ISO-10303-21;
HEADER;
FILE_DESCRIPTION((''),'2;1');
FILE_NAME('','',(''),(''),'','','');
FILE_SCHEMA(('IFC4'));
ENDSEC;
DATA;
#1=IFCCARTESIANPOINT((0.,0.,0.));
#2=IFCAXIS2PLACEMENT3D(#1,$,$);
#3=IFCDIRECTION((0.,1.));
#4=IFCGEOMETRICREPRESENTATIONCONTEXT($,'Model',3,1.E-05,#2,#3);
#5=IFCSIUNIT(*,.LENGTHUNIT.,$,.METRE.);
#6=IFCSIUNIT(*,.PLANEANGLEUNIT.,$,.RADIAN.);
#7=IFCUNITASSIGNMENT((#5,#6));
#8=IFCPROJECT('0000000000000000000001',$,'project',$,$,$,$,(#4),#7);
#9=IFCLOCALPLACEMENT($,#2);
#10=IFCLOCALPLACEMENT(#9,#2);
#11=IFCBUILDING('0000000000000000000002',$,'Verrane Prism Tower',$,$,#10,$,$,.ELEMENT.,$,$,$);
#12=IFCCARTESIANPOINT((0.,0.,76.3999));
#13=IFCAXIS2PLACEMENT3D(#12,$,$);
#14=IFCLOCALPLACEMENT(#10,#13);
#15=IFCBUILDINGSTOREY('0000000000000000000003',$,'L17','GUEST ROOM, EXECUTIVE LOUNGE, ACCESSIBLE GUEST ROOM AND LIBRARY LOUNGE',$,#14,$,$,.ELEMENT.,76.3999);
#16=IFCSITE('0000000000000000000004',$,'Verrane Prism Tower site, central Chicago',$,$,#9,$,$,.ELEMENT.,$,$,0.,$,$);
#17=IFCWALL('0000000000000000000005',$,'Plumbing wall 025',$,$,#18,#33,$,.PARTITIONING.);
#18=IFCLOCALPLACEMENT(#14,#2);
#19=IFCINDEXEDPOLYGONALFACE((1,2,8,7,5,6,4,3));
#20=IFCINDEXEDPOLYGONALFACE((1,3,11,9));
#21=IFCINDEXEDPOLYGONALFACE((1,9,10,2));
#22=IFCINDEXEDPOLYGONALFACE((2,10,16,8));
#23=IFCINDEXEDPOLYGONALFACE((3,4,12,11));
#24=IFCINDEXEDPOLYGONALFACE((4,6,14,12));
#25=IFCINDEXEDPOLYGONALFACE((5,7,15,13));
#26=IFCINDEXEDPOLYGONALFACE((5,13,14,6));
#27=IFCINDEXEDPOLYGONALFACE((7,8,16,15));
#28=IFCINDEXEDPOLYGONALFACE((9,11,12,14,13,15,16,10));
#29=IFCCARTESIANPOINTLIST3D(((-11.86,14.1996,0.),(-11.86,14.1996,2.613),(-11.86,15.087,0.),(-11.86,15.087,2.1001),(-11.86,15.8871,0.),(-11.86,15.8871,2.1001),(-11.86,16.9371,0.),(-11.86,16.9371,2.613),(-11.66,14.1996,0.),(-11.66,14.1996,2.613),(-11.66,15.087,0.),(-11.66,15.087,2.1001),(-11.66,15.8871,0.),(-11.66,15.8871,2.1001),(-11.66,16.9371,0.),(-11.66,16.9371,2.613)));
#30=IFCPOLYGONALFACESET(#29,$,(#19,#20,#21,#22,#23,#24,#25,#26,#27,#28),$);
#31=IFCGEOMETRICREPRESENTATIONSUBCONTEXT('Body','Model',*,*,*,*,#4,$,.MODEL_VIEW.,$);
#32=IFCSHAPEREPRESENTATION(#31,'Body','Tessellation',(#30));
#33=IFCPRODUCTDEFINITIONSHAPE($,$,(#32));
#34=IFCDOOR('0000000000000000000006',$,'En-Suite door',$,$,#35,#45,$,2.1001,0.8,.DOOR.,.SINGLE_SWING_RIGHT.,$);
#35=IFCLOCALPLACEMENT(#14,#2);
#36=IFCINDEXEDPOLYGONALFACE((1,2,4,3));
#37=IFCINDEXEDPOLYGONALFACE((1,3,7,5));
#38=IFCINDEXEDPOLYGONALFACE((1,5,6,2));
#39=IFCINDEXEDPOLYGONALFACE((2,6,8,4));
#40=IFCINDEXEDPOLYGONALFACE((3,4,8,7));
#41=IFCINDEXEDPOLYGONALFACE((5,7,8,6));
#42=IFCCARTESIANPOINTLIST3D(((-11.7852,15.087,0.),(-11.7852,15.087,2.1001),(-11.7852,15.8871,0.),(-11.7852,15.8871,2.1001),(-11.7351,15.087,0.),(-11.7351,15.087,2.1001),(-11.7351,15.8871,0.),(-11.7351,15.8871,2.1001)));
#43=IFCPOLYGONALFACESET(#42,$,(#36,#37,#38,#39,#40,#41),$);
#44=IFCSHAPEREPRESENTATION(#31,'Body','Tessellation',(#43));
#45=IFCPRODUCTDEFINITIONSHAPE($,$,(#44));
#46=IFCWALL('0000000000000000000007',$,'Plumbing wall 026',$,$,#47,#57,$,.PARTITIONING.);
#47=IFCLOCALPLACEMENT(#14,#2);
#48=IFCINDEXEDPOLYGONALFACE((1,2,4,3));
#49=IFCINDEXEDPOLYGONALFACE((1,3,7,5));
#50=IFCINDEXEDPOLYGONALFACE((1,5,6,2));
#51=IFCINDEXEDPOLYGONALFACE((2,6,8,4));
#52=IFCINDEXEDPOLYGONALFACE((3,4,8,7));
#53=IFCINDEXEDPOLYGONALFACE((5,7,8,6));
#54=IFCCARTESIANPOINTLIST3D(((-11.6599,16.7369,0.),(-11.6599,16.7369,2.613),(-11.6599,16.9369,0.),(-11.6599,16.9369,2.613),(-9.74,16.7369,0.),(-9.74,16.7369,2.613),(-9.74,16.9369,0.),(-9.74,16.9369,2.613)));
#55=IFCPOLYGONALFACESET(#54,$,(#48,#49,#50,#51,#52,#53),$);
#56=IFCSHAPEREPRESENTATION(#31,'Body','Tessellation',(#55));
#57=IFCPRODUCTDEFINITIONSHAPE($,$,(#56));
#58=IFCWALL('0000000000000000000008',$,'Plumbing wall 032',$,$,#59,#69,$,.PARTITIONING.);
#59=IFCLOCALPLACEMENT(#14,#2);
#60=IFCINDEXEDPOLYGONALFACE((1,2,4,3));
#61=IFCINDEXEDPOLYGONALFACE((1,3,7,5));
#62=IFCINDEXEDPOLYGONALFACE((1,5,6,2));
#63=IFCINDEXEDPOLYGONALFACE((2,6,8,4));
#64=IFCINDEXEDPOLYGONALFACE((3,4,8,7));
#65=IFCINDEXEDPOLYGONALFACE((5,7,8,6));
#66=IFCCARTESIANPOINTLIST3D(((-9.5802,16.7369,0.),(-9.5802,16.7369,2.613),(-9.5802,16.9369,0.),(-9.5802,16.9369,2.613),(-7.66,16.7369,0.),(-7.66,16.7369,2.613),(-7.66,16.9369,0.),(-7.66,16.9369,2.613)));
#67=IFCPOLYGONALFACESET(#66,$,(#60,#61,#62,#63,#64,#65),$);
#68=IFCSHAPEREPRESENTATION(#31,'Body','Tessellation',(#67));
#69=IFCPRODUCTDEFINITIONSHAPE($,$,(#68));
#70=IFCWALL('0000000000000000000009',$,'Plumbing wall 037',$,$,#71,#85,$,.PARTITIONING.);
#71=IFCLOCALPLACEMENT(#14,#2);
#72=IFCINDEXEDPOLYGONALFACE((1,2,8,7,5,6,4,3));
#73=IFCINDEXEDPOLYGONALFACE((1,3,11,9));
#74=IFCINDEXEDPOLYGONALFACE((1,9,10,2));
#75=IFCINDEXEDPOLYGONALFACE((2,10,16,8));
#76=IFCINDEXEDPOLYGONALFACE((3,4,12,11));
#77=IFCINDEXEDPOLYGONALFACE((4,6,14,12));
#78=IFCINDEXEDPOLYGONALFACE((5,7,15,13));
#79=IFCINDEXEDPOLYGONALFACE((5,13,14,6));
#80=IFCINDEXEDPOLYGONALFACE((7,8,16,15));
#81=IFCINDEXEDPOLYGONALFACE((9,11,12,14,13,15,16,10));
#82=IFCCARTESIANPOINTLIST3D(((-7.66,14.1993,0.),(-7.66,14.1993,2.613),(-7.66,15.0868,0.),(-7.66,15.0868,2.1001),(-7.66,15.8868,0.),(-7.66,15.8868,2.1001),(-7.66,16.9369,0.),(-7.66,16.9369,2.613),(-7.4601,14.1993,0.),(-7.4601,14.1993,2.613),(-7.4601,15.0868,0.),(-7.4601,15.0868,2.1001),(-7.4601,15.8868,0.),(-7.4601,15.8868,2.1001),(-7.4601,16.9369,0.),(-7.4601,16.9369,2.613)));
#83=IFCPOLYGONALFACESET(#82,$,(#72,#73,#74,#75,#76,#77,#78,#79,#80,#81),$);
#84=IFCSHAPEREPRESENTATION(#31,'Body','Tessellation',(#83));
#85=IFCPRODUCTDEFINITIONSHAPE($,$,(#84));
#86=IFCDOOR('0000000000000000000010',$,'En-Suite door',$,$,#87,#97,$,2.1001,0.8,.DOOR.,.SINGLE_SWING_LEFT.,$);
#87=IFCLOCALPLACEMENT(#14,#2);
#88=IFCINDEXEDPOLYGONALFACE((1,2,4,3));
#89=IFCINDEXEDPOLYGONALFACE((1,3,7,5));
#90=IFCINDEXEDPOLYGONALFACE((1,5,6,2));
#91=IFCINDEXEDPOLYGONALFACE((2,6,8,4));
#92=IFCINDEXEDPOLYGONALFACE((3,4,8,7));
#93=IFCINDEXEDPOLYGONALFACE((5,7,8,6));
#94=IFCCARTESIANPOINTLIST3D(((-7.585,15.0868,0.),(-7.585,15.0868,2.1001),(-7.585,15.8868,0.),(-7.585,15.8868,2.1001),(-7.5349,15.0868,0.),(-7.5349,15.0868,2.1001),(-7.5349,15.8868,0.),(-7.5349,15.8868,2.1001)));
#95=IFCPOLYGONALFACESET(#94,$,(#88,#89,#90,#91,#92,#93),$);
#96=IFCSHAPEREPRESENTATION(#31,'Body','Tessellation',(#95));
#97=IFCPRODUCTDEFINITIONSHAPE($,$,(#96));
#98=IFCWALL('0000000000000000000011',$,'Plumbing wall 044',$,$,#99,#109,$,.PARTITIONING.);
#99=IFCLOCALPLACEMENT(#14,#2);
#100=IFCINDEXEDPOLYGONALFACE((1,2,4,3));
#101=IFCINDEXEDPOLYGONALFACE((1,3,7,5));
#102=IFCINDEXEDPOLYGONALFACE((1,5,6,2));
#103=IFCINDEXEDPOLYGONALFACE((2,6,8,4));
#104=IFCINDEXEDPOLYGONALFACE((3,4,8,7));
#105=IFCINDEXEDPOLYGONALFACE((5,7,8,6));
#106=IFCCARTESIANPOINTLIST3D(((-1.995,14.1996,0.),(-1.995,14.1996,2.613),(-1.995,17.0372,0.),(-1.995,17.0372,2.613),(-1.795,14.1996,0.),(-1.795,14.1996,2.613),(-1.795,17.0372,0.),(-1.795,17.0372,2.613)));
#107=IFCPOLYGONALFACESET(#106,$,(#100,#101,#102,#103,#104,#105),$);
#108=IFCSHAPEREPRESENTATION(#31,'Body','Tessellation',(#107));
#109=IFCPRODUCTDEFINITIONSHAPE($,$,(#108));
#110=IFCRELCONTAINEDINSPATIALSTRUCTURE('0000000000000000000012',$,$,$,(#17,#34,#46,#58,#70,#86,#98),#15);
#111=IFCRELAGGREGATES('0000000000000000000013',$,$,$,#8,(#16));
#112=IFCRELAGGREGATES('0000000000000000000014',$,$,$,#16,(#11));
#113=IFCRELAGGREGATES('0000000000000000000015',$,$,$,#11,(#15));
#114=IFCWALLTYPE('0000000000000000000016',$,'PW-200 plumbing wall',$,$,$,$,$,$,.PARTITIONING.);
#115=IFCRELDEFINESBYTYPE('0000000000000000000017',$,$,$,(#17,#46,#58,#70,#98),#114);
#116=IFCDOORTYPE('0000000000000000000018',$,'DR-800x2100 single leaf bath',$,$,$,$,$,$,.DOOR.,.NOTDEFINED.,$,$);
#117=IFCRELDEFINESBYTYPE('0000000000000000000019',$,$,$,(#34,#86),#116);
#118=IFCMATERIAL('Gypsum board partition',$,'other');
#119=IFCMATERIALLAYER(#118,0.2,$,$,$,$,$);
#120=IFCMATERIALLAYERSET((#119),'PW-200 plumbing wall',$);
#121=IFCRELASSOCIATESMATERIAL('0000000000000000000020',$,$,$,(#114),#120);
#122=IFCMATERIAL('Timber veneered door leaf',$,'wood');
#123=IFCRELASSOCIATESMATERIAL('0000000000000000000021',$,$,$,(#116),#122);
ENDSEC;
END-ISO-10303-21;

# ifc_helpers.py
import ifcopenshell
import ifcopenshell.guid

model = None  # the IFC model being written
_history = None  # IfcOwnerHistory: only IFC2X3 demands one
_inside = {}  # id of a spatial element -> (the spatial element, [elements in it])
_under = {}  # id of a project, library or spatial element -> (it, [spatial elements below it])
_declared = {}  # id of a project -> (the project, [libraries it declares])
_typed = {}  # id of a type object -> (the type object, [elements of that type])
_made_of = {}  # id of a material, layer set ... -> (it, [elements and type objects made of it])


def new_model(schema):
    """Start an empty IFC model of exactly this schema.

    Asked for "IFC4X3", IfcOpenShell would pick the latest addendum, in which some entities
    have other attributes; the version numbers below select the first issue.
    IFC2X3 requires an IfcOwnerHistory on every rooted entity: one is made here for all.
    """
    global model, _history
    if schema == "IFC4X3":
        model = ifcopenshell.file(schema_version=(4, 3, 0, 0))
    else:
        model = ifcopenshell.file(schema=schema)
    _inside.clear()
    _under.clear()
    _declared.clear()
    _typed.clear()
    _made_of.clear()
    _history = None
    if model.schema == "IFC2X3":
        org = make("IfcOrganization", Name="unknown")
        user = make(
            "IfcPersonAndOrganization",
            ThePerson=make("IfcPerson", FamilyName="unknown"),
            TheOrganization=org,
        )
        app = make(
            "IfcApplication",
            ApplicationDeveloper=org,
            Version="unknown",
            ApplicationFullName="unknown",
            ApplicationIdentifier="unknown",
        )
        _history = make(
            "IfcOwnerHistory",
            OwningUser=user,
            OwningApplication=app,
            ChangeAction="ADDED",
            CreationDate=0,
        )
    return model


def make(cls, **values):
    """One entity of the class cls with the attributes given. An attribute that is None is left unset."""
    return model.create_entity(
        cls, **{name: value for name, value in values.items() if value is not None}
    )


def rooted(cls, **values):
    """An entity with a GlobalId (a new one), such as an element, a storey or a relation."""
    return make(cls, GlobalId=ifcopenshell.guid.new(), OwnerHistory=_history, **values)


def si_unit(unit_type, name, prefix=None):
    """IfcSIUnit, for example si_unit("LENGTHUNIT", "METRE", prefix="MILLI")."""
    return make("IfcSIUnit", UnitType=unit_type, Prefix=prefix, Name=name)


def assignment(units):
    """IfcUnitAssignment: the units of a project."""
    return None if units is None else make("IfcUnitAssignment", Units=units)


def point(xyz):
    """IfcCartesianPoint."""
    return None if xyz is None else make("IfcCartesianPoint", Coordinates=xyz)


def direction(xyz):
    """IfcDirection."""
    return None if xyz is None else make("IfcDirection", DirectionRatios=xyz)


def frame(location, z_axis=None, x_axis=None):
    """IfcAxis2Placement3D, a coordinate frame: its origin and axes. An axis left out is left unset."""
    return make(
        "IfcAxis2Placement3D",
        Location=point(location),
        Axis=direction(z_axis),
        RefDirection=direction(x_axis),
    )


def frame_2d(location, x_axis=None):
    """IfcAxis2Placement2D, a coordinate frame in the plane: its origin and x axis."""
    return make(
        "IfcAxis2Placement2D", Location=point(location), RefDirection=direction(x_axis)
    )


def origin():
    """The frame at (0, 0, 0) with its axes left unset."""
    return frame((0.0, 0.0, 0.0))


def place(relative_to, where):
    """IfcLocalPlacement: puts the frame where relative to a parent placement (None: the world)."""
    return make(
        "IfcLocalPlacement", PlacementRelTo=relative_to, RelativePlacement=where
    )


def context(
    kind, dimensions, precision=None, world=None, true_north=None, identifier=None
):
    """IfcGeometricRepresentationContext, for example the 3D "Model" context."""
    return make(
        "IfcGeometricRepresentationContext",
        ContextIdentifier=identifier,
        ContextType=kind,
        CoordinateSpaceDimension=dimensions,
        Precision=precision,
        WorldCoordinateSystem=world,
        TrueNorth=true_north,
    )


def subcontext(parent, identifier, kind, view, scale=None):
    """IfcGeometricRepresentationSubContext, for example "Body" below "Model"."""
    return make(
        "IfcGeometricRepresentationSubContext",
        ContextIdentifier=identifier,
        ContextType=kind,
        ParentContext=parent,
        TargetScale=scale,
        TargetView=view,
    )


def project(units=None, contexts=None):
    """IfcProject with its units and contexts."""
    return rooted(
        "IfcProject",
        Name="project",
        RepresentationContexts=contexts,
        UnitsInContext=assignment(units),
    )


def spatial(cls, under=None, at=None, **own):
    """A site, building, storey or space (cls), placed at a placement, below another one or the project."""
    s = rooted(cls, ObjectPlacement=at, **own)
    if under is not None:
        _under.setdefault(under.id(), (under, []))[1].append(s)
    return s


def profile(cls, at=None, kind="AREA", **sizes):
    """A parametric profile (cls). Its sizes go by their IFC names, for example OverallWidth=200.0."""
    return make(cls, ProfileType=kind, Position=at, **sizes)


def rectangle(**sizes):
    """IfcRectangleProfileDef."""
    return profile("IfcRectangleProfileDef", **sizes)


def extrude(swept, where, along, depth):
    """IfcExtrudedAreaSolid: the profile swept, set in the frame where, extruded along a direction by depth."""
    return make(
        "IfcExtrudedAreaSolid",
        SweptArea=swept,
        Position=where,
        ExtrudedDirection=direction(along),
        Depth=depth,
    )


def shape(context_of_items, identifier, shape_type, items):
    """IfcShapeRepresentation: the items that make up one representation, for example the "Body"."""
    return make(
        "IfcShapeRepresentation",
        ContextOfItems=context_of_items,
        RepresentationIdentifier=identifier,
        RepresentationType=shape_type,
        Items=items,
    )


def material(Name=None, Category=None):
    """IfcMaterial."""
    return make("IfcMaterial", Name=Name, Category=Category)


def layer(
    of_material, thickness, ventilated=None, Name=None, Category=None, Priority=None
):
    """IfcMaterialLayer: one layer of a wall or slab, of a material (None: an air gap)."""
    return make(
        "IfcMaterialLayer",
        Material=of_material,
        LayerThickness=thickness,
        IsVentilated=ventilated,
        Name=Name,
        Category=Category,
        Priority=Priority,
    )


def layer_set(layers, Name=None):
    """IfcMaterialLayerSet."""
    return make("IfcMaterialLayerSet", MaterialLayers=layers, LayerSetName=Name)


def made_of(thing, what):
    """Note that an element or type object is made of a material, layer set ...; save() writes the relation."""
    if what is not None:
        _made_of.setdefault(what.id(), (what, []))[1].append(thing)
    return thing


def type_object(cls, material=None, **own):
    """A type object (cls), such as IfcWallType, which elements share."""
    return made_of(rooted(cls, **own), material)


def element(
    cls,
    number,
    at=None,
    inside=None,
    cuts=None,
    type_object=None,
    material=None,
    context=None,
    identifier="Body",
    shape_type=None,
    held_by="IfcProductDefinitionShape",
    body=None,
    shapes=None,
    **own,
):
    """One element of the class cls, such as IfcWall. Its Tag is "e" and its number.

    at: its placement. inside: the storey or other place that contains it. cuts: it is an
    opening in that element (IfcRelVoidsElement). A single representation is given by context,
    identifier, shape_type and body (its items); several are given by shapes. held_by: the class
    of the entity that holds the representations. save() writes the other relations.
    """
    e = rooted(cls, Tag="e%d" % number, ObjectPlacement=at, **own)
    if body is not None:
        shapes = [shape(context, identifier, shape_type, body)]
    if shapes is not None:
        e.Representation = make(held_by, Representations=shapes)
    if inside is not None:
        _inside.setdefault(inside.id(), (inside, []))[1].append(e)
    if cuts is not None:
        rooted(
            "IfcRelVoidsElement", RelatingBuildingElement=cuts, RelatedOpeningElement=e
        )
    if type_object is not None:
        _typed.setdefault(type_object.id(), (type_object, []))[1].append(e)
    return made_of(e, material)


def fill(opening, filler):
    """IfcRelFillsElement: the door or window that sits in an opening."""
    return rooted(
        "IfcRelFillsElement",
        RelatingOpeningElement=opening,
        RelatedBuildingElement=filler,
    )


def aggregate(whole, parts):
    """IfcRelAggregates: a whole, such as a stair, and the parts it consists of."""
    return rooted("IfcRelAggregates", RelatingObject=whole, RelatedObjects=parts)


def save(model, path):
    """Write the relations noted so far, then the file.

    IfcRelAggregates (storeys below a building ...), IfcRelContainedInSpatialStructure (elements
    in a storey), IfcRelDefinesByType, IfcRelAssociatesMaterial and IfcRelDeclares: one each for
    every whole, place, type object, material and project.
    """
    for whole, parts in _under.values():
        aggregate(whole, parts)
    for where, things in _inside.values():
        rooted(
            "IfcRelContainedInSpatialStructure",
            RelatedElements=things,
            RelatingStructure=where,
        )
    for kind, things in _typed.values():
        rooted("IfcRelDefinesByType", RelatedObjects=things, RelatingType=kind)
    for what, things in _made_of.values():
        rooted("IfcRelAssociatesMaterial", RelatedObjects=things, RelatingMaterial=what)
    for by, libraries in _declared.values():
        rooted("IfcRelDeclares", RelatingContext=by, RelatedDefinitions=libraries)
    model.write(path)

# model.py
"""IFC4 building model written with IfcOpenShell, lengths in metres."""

from ifc_helpers import new_model, si_unit, direction, frame, frame_2d, origin, place, context, subcontext, project, spatial, rectangle, extrude, material, layer, layer_set, type_object, element, fill, save


model = new_model("IFC4")

# Units and contexts
model_context = context("Model", 3, precision=1e-05, world=origin(), true_north=direction((0.0, 1.0)))
body_context = subcontext(model_context, "Body", "Model", "MODEL_VIEW")
ifc_project = project(units=[si_unit("LENGTHUNIT", "METRE"), si_unit("PLANEANGLEUNIT", "RADIAN")], contexts=[model_context])

# Site, building, storey
site_placement = place(None, origin())
site = spatial("IfcSite", under=ifc_project, at=site_placement, Name="Verrane Prism Tower site, central Chicago", CompositionType="ELEMENT", RefElevation=0.0)
building_placement = place(site_placement, origin())
building = spatial("IfcBuilding", under=site, at=building_placement, Name="Verrane Prism Tower", CompositionType="ELEMENT")
storey_placement = place(building_placement, frame((0.0, 0.0, 76.3999)))
storey = spatial("IfcBuildingStorey", under=building, at=storey_placement, Name="L17", Description="GUEST ROOM, EXECUTIVE LOUNGE, ACCESSIBLE GUEST ROOM AND LIBRARY LOUNGE", CompositionType="ELEMENT", Elevation=76.3999)

# Wall, opening, door
ifc_material_1 = material(Name="Gypsum board partition", Category="other")
ifc_layer_1 = layer(ifc_material_1, 0.2)
ifc_layer_set_1 = layer_set([ifc_layer_1], Name="PW-200 plumbing wall")
wall_type_1 = type_object("IfcWallType", Name="PW-200 plumbing wall", PredefinedType="PARTITIONING", material=ifc_layer_set_1)
wall_1_placement = place(storey_placement, frame((-11.76, 16.937, 0.0), z_axis=(0.0, 0.0, 1.0), x_axis=(0.0, -1.0, 0.0)))
wall_1 = element("IfcWall", 1, at=wall_1_placement, inside=storey, type_object=wall_type_1, Name="Plumbing wall 025", PredefinedType="PARTITIONING", context=body_context, shape_type="SweptSolid", body=[
    extrude(rectangle(XDim=2.7375, YDim=0.2, at=frame_2d((1.3687, 0.0))), origin(), (0.0, 0.0, 1.0), 2.613),
])
opening_1_placement = place(wall_1_placement, frame((1.05, 0.0, 0.0)))
opening_1 = element("IfcOpeningElement", 2, at=opening_1_placement, cuts=wall_1, PredefinedType="OPENING", context=body_context, shape_type="SweptSolid", body=[
    extrude(rectangle(XDim=0.8, YDim=2.1001, at=frame_2d((0.3999, 1.05))), frame((0.0, 0.1099, 0.0), z_axis=(0.0, -1.0, 0.0), x_axis=(1.0, 0.0, 0.0)), (0.0, 0.0, 1.0), 0.22),
])
ifc_material_2 = material(Name="Timber veneered door leaf", Category="wood")
door_type_1 = type_object("IfcDoorType", Name="DR-800x2100 single leaf bath", OperationType="NOTDEFINED", PredefinedType="DOOR", material=ifc_material_2)
door_1_placement = place(opening_1_placement, origin())
door_1 = element("IfcDoor", 3, at=door_1_placement, inside=storey, type_object=door_type_1, Name="En-Suite door", OperationType="SINGLE_SWING_RIGHT", OverallHeight=2.1001, OverallWidth=0.8, PredefinedType="DOOR", context=body_context, shape_type="SweptSolid", body=[
    extrude(rectangle(XDim=0.8, YDim=2.1001, at=frame_2d((0.3999, 1.05))), frame((0.0, 0.0249, 0.0), z_axis=(0.0, -1.0, 0.0), x_axis=(1.0, 0.0, 0.0)), (0.0, 0.0, 1.0), 0.05),
])
fill(opening_1, door_1)

# Walls
wall_2_placement = place(storey_placement, frame((-11.6599, 16.8369, 0.0), z_axis=(0.0, 0.0, 1.0), x_axis=(1.0, 0.0, 0.0)))
element("IfcWall", 4, at=wall_2_placement, inside=storey, type_object=wall_type_1, Name="Plumbing wall 026", PredefinedType="PARTITIONING", context=body_context, shape_type="SweptSolid", body=[
    extrude(rectangle(XDim=1.9199, YDim=0.2, at=frame_2d((0.96, 0.0))), origin(), (0.0, 0.0, 1.0), 2.613),
])
wall_3_placement = place(storey_placement, frame((-9.5801, 16.8369, 0.0), z_axis=(0.0, 0.0, 1.0), x_axis=(1.0, 0.0, 0.0)))
element("IfcWall", 5, at=wall_3_placement, inside=storey, type_object=wall_type_1, Name="Plumbing wall 032", PredefinedType="PARTITIONING", context=body_context, shape_type="SweptSolid", body=[
    extrude(rectangle(XDim=1.9202, YDim=0.2, at=frame_2d((0.96, 0.0))), origin(), (0.0, 0.0, 1.0), 2.613),
])

# Wall, opening, door
wall_4_placement = place(storey_placement, frame((-7.5601, 14.1995, 0.0), z_axis=(0.0, 0.0, 1.0), x_axis=(0.0, 1.0, 0.0)))
wall_4 = element("IfcWall", 6, at=wall_4_placement, inside=storey, type_object=wall_type_1, Name="Plumbing wall 037", PredefinedType="PARTITIONING", context=body_context, shape_type="SweptSolid", body=[
    extrude(rectangle(XDim=2.7375, YDim=0.2, at=frame_2d((1.3687, 0.0))), origin(), (0.0, 0.0, 1.0), 2.613),
])
opening_2_placement = place(wall_4_placement, frame((0.8875, 0.0, 0.0)))
opening_2 = element("IfcOpeningElement", 7, at=opening_2_placement, cuts=wall_4, PredefinedType="OPENING", context=body_context, shape_type="SweptSolid", body=[
    extrude(rectangle(XDim=0.8, YDim=2.1001, at=frame_2d((0.3999, 1.05))), frame((0.0, 0.1099, 0.0), z_axis=(0.0, -1.0, 0.0), x_axis=(1.0, 0.0, 0.0)), (0.0, 0.0, 1.0), 0.22),
])
door_2_placement = place(opening_2_placement, origin())
door_2 = element("IfcDoor", 8, at=door_2_placement, inside=storey, type_object=door_type_1, Name="En-Suite door", OperationType="SINGLE_SWING_LEFT", OverallHeight=2.1001, OverallWidth=0.8, PredefinedType="DOOR", context=body_context, shape_type="SweptSolid", body=[
    extrude(rectangle(XDim=0.8, YDim=2.1001, at=frame_2d((0.3999, 1.05))), frame((0.0, 0.0249, 0.0), z_axis=(0.0, -1.0, 0.0), x_axis=(1.0, 0.0, 0.0)), (0.0, 0.0, 1.0), 0.05),
])
fill(opening_2, door_2)

# Wall
wall_5_placement = place(storey_placement, frame((-1.895, 14.1995, 0.0), z_axis=(0.0, 0.0, 1.0), x_axis=(0.0, 1.0, 0.0)))
element("IfcWall", 9, at=wall_5_placement, inside=storey, type_object=wall_type_1, Name="Plumbing wall 044", PredefinedType="PARTITIONING", context=body_context, shape_type="SweptSolid", body=[
    extrude(rectangle(XDim=2.8376, YDim=0.2, at=frame_2d((1.4189, 0.0))), origin(), (0.0, 0.0, 1.0), 2.613),
])

save(model, "model.ifc")
